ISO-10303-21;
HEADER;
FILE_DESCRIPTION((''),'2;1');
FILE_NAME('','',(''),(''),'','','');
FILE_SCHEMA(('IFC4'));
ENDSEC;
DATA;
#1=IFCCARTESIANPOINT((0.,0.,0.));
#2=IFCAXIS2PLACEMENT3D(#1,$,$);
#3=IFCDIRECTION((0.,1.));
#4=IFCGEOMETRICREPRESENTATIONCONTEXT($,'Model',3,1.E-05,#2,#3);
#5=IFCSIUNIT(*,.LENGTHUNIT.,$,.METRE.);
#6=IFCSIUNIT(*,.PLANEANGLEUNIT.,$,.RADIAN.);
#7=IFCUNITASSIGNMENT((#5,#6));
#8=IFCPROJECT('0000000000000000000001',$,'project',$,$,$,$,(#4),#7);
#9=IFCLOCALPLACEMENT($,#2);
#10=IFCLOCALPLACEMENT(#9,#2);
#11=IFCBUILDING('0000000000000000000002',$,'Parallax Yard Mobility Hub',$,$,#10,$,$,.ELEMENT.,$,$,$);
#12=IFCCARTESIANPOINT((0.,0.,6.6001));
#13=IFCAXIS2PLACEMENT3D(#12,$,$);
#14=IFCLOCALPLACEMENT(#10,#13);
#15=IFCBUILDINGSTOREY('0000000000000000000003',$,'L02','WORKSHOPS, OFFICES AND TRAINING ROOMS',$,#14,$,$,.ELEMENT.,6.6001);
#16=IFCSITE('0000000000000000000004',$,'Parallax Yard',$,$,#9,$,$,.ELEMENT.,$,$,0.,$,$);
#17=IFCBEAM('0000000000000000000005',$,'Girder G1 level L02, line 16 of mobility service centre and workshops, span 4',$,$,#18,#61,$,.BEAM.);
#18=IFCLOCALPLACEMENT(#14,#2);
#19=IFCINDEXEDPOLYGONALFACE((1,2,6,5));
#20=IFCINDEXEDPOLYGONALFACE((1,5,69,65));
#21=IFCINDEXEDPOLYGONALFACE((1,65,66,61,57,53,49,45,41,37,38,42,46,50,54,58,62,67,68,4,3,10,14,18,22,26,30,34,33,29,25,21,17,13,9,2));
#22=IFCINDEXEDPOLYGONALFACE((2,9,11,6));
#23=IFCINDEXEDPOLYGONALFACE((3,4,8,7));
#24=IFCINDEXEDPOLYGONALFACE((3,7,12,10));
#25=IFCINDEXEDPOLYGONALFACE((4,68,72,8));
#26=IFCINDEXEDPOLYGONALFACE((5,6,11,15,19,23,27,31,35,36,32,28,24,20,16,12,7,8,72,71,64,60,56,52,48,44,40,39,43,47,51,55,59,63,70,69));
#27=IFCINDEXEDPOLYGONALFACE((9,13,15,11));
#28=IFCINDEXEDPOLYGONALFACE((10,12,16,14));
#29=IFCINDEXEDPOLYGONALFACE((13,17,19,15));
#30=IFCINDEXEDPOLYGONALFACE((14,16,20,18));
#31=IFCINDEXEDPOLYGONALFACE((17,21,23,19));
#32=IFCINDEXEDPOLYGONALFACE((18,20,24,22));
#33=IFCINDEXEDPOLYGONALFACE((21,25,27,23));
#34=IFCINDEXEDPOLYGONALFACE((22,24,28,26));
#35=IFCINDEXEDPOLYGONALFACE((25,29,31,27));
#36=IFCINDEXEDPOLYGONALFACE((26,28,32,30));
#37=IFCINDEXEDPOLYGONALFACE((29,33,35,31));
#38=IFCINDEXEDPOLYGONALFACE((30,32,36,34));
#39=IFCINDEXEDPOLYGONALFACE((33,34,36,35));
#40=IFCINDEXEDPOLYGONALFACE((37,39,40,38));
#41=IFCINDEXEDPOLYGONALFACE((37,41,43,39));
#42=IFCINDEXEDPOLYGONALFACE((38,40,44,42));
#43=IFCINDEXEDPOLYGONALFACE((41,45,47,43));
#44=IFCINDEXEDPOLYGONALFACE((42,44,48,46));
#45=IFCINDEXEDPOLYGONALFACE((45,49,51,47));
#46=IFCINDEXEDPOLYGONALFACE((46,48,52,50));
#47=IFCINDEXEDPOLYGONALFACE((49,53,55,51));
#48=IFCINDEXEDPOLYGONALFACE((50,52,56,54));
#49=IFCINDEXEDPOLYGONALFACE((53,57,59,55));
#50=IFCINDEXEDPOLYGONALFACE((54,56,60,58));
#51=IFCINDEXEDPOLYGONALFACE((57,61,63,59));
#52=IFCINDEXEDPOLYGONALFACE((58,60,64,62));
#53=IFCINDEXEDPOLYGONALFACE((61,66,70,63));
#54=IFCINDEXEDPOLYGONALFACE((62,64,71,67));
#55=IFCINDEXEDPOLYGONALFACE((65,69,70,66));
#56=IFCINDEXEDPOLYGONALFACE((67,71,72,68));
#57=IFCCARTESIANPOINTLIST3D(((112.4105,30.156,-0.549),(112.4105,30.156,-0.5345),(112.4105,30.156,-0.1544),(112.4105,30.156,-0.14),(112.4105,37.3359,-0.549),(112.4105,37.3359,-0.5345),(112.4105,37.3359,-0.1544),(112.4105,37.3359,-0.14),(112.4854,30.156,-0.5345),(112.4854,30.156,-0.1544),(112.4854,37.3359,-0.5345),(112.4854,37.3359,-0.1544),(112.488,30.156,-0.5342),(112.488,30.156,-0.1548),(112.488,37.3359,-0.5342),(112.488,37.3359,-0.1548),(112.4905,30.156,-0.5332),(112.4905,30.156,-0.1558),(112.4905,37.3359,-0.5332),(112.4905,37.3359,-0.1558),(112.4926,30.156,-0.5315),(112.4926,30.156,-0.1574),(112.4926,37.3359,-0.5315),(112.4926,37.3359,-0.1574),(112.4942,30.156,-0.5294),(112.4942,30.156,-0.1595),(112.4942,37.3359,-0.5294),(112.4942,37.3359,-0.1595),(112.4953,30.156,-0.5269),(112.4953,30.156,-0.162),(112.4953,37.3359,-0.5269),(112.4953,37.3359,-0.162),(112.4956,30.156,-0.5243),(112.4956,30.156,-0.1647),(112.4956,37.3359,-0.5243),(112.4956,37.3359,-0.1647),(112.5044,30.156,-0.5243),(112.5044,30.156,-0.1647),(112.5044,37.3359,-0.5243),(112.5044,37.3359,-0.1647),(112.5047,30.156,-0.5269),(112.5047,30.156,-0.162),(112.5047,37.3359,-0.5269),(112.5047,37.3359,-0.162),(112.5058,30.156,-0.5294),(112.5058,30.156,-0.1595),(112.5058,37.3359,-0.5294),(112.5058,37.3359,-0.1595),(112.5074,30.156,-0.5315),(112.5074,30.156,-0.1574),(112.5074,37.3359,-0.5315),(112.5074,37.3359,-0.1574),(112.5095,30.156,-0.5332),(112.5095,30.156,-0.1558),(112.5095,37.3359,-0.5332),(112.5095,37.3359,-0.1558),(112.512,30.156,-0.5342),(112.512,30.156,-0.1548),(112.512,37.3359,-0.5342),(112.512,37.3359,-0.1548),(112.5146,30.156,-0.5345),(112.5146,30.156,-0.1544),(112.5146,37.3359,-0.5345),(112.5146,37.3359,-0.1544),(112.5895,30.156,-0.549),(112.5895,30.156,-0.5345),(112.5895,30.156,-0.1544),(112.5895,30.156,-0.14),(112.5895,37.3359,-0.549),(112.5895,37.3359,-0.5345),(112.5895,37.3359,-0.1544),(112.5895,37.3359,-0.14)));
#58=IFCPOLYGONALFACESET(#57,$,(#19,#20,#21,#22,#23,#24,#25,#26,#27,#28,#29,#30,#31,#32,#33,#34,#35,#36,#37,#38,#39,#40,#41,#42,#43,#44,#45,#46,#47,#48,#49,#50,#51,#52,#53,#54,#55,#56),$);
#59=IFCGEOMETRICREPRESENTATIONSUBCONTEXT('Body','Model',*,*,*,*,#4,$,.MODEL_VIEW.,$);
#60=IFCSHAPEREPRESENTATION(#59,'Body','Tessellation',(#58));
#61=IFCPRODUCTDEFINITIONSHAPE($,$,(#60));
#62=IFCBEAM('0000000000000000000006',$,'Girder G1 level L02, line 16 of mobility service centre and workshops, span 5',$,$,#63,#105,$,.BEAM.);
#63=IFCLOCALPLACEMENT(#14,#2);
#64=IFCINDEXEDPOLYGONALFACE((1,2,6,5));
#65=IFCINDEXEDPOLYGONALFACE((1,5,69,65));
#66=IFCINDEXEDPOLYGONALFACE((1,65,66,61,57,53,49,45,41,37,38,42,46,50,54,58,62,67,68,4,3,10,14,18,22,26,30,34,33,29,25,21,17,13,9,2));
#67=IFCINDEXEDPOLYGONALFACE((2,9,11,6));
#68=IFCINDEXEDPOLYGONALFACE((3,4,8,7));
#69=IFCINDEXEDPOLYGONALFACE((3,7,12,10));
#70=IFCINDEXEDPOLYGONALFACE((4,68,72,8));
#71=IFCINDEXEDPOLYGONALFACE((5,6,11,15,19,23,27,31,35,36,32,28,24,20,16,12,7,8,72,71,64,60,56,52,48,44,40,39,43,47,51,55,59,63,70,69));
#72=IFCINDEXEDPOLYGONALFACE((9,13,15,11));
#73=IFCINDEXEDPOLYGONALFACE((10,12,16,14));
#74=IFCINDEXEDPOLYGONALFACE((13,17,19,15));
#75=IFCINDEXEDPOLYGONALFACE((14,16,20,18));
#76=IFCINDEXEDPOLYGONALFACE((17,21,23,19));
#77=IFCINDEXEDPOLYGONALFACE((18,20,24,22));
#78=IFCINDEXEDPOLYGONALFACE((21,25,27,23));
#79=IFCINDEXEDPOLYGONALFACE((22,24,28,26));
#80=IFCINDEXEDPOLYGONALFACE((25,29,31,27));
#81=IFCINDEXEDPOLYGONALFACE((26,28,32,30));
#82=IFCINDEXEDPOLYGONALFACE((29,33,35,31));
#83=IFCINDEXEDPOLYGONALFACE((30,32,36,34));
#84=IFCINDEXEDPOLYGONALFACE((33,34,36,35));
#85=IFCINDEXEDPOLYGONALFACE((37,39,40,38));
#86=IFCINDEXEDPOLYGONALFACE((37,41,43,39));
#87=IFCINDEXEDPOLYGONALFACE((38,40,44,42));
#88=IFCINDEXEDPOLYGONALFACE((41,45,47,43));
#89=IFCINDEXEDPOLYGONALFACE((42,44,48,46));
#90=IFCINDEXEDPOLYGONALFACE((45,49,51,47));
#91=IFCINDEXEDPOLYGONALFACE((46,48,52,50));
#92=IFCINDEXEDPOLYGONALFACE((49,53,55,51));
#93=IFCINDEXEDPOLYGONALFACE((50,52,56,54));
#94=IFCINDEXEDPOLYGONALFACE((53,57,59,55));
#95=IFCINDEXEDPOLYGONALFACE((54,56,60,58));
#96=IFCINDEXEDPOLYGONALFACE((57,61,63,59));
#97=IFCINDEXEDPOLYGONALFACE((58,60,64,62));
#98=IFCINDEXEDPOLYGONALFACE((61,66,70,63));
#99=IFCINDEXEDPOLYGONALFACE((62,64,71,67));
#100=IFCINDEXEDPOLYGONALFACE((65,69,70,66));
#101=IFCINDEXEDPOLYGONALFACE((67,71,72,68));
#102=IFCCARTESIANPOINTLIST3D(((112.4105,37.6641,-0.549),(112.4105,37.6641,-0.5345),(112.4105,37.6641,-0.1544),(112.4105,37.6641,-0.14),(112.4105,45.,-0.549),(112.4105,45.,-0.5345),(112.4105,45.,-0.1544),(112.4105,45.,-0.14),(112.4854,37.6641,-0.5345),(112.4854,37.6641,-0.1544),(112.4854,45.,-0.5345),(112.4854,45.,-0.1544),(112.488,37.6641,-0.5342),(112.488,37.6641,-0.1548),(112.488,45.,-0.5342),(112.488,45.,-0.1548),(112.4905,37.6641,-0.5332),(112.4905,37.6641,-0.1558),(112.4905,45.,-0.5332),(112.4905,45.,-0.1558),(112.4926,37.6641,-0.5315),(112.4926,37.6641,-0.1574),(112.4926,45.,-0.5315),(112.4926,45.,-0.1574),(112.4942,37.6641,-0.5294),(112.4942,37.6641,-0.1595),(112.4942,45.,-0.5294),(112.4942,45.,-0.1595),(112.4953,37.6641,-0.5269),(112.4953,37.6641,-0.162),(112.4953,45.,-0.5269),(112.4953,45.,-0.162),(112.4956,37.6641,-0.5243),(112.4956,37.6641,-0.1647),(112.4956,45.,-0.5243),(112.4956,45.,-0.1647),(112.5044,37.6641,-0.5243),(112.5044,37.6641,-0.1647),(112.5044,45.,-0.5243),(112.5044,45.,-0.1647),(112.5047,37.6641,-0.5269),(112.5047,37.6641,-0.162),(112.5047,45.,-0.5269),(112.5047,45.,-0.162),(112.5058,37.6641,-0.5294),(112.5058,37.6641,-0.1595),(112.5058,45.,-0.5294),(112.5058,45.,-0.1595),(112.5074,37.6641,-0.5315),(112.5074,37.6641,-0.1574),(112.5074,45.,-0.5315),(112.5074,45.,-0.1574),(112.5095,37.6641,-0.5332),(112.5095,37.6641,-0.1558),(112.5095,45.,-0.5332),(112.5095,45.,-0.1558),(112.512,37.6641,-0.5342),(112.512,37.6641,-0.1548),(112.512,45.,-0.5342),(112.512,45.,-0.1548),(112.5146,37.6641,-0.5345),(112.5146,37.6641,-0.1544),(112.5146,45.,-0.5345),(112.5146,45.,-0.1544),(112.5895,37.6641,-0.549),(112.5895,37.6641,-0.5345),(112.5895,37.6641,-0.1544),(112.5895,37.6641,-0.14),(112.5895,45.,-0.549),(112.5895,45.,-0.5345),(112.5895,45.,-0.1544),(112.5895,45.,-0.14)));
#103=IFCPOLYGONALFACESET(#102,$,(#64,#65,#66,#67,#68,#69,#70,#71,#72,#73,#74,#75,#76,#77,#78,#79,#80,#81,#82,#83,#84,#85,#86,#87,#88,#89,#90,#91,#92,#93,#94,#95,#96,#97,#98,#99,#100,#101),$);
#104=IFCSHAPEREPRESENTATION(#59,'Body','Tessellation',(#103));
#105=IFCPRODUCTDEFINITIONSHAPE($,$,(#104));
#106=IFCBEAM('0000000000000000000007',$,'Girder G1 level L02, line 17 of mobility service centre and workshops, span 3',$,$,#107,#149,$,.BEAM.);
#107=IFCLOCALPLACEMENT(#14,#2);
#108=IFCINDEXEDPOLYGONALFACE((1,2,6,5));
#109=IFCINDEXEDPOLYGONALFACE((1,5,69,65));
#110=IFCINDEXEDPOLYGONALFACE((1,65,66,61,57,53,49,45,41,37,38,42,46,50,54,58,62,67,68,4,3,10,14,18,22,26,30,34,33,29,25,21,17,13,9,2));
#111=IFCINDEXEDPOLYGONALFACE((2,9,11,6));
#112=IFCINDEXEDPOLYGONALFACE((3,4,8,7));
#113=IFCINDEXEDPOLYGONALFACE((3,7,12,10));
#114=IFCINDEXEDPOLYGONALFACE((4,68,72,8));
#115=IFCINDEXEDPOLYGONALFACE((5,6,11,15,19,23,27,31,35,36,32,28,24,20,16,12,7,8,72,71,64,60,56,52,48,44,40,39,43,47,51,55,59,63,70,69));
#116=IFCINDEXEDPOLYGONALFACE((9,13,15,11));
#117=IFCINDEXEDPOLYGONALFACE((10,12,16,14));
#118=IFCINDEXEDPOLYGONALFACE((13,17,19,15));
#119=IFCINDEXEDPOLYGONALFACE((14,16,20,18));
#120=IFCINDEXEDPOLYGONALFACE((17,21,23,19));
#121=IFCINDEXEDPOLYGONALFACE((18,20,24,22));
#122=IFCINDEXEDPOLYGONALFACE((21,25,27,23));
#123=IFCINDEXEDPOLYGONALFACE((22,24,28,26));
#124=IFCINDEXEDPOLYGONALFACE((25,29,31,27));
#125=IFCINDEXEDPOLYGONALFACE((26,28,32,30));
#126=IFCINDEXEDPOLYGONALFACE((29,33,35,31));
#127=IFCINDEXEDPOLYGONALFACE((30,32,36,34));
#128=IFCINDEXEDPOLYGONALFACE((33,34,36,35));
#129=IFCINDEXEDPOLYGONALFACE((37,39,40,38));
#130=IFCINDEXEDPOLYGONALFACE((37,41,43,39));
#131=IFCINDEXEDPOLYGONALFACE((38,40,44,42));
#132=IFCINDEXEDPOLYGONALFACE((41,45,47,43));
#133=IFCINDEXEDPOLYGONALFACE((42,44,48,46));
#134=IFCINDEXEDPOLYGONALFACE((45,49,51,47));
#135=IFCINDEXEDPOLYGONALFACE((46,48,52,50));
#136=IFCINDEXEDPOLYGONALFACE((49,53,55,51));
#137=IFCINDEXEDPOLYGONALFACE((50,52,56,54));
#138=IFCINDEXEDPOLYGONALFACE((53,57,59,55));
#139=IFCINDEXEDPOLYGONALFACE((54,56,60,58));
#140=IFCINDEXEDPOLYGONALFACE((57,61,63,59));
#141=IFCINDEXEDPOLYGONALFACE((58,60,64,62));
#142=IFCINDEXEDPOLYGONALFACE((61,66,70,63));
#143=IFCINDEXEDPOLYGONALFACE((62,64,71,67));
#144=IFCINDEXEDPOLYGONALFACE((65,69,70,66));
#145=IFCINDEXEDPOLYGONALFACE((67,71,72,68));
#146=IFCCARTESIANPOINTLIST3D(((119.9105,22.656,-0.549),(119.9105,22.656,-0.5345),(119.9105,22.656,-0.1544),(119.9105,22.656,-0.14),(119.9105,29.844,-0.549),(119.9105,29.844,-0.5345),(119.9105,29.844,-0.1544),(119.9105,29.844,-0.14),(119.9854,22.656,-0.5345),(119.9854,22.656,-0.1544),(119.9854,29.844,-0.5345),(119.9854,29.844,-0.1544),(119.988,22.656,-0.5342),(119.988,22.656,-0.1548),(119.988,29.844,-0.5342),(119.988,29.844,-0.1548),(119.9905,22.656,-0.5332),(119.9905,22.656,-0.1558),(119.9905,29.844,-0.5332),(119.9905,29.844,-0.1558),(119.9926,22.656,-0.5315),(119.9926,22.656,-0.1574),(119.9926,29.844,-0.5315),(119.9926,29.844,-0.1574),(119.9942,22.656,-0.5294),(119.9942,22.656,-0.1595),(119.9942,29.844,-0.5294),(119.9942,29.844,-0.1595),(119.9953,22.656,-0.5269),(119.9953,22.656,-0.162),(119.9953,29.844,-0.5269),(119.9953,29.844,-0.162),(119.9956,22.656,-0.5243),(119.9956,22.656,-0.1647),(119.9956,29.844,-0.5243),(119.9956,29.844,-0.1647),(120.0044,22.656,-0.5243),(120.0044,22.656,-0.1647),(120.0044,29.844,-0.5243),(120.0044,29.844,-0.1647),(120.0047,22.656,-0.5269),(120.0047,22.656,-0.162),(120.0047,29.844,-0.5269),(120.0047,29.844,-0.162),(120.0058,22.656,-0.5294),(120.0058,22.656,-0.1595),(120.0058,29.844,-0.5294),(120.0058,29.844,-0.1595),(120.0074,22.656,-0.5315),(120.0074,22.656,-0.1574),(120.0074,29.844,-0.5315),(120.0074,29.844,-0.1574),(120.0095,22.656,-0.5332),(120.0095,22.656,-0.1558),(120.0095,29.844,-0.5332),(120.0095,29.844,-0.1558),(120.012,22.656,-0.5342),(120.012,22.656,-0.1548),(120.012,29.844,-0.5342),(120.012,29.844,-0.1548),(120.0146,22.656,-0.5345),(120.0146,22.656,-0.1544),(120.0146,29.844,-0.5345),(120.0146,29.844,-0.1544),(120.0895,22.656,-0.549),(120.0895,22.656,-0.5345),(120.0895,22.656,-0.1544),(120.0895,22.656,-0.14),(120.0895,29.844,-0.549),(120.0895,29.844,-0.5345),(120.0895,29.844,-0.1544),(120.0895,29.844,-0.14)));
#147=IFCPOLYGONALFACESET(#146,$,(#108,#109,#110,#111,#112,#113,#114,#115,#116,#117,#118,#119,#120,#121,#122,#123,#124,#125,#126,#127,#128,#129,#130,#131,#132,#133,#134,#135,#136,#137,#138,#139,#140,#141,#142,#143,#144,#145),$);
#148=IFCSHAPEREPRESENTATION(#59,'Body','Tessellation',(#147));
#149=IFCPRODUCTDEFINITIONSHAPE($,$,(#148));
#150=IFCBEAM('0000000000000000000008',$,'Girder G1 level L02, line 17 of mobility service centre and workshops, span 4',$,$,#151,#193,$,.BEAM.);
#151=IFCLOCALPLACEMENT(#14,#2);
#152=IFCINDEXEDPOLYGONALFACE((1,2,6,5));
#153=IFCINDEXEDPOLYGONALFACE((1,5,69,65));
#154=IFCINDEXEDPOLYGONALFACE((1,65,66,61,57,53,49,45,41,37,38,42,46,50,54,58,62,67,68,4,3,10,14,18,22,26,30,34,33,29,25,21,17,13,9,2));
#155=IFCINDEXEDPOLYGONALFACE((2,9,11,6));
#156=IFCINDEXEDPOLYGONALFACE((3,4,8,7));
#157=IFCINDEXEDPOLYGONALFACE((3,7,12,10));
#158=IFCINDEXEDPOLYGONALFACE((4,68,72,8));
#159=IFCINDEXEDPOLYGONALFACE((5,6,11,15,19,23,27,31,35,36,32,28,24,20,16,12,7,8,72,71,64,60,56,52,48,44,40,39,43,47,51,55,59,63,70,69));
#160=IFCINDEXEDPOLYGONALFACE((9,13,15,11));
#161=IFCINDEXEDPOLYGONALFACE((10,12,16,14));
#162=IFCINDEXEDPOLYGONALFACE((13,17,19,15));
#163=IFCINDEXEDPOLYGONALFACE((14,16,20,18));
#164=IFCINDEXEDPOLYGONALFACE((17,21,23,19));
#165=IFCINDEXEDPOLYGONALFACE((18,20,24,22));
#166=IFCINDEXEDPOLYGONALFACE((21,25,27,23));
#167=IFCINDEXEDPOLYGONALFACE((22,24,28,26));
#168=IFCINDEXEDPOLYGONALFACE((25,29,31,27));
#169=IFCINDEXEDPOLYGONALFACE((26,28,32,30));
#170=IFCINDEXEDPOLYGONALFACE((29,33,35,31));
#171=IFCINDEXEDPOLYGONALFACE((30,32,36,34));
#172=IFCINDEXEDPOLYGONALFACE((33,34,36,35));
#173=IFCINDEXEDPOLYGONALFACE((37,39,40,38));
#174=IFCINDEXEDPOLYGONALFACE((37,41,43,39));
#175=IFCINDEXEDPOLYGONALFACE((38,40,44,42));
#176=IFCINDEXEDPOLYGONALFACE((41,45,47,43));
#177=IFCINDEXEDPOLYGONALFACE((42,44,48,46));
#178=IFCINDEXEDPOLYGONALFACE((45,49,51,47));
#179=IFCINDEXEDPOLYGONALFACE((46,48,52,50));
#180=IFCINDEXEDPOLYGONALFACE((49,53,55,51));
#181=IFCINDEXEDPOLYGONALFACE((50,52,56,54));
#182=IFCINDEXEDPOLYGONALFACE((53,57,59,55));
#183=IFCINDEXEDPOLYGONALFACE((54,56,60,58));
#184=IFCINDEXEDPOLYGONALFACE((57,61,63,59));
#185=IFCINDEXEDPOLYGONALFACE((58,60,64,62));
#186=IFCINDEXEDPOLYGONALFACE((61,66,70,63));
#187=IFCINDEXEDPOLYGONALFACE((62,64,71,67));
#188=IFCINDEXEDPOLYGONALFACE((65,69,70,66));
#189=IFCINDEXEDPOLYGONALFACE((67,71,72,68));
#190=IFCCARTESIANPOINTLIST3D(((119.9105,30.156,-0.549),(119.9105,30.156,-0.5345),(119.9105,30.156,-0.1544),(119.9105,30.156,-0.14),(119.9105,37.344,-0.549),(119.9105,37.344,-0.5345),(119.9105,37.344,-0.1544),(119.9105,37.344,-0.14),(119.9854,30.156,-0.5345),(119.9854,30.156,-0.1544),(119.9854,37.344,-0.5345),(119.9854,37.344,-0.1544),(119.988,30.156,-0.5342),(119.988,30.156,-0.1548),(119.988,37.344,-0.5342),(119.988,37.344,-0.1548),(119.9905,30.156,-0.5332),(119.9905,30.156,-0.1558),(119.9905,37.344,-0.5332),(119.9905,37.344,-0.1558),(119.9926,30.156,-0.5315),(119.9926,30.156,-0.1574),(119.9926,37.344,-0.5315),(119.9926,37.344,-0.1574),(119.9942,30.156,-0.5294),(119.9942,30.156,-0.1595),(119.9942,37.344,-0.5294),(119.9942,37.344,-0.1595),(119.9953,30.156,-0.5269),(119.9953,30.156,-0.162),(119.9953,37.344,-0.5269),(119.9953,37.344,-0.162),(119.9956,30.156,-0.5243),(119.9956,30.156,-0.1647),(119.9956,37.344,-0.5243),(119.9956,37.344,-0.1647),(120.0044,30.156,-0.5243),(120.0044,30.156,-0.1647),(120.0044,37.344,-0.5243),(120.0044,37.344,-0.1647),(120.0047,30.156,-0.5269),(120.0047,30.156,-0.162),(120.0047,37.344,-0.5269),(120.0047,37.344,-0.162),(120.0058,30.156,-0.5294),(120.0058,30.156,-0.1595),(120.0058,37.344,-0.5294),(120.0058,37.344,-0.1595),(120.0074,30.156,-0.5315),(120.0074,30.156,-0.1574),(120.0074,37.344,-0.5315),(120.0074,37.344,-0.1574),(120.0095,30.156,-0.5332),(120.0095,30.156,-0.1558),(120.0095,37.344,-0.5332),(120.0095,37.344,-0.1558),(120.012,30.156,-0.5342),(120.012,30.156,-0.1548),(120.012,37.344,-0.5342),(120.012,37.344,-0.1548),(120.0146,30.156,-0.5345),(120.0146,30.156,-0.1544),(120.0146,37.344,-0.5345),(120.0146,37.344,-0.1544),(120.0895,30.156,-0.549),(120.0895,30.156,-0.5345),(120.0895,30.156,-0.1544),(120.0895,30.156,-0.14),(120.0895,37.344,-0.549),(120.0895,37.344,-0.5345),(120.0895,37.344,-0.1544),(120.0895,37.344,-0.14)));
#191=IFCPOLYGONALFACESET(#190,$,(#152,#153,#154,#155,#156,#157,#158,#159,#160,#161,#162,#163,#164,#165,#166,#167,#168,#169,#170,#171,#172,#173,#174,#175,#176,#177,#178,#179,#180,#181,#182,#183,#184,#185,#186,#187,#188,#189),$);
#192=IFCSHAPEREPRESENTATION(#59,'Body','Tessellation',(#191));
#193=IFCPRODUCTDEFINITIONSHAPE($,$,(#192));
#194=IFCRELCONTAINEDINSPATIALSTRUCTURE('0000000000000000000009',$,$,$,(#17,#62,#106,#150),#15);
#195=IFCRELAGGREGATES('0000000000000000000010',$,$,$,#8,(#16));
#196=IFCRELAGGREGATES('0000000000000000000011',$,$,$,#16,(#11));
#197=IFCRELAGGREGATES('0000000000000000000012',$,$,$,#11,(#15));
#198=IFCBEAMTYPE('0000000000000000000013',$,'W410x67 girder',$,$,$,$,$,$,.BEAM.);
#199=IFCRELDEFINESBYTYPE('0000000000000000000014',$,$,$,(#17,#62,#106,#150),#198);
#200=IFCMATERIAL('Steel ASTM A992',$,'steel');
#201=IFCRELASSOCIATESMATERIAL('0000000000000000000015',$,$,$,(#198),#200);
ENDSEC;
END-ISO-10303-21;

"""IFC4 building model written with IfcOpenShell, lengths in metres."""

from ifc_helpers import new_model, si_unit, direction, frame, origin, origin_2d, place, context, subcontext, project, spatial, i_section, extrude, material, material_profile, profile_set, type_object, element, save


model = new_model("IFC4")

# Units and contexts
model_context = context("Model", 3, precision=1e-05, world=origin(), true_north=direction((0.0, 1.0)))
body_context = subcontext(model_context, "Body", "Model", "MODEL_VIEW")
ifc_project = project(units=[si_unit("LENGTHUNIT", "METRE"), si_unit("PLANEANGLEUNIT", "RADIAN")], contexts=[model_context])

# Site, building, storey
site_placement = place(None, origin())
site = spatial("IfcSite", under=ifc_project, at=site_placement, Name="Parallax Yard", CompositionType="ELEMENT", RefElevation=0.0)
building_placement = place(site_placement, origin())
building = spatial("IfcBuilding", under=site, at=building_placement, Name="Parallax Yard Mobility Hub", CompositionType="ELEMENT")
storey_placement = place(building_placement, frame((0.0, 0.0, 6.6001)))
storey = spatial("IfcBuildingStorey", under=building, at=storey_placement, Name="L02", Description="WORKSHOPS, OFFICES AND TRAINING ROOMS", CompositionType="ELEMENT", Elevation=6.6001)

# Shared definitions
ifc_material_1 = material(Name="Steel ASTM A992", Category="steel")

# Beams
ifc_material_profile_1 = material_profile(ifc_material_1, i_section(OverallWidth=0.179, OverallDepth=0.4089, WebThickness=0.0088, FlangeThickness=0.0144, FilletRadius=0.0103, at=origin_2d()), Name="W410x67")
ifc_profile_set_1 = profile_set([ifc_material_profile_1], Name="Steel ASTM A992")
beam_type_1 = type_object("IfcBeamType", Name="W410x67 girder", PredefinedType="BEAM", material=ifc_profile_set_1)
beam_1_placement = place(storey_placement, frame((112.5, 30.156, -0.3445), z_axis=(0.0, 1.0, 0.0), x_axis=(-1.0, 0.0, 0.0)))
element("IfcBeam", 1, at=beam_1_placement, inside=storey, type_object=beam_type_1, Name="Girder G1 level L02, line 16 of mobility service centre and workshops, span 4", PredefinedType="BEAM", context=body_context, shape_type="SweptSolid", body=[
    extrude(i_section(OverallWidth=0.179, OverallDepth=0.4089, WebThickness=0.0088, FlangeThickness=0.0144, FilletRadius=0.0103, at=origin_2d()), origin(), (0.0, 0.0, 1.0), 7.1799),
])
beam_2_placement = place(storey_placement, frame((112.5, 37.6641, -0.3445), z_axis=(0.0, 1.0, 0.0), x_axis=(-1.0, 0.0, 0.0)))
element("IfcBeam", 2, at=beam_2_placement, inside=storey, type_object=beam_type_1, Name="Girder G1 level L02, line 16 of mobility service centre and workshops, span 5", PredefinedType="BEAM", context=body_context, shape_type="SweptSolid", body=[
    extrude(i_section(OverallWidth=0.179, OverallDepth=0.4089, WebThickness=0.0088, FlangeThickness=0.0144, FilletRadius=0.0103, at=origin_2d()), origin(), (0.0, 0.0, 1.0), 7.3359),
])
for number, where, z_axis, x_axis, name in (
    (3, (120.0, 22.656, -0.3445), (0.0, 1.0, 0.0), (-1.0, 0.0, 0.0), "Girder G1 level L02, line 17 of mobility service centre and workshops, span 3"),
    (4, (120.0, 30.156, -0.3445), (0.0, 1.0, 0.0), (-1.0, 0.0, 0.0), "Girder G1 level L02, line 17 of mobility service centre and workshops, span 4"),
):
    element("IfcBeam", number, at=place(storey_placement, frame(where, z_axis=z_axis, x_axis=x_axis)), inside=storey, type_object=beam_type_1, Name=name, PredefinedType="BEAM", context=body_context, shape_type="SweptSolid", body=[
        extrude(i_section(OverallWidth=0.179, OverallDepth=0.4089, WebThickness=0.0088, FlangeThickness=0.0144, FilletRadius=0.0103, at=origin_2d()), origin(), (0.0, 0.0, 1.0), 7.188),
    ])

save(model, "model.ifc")
